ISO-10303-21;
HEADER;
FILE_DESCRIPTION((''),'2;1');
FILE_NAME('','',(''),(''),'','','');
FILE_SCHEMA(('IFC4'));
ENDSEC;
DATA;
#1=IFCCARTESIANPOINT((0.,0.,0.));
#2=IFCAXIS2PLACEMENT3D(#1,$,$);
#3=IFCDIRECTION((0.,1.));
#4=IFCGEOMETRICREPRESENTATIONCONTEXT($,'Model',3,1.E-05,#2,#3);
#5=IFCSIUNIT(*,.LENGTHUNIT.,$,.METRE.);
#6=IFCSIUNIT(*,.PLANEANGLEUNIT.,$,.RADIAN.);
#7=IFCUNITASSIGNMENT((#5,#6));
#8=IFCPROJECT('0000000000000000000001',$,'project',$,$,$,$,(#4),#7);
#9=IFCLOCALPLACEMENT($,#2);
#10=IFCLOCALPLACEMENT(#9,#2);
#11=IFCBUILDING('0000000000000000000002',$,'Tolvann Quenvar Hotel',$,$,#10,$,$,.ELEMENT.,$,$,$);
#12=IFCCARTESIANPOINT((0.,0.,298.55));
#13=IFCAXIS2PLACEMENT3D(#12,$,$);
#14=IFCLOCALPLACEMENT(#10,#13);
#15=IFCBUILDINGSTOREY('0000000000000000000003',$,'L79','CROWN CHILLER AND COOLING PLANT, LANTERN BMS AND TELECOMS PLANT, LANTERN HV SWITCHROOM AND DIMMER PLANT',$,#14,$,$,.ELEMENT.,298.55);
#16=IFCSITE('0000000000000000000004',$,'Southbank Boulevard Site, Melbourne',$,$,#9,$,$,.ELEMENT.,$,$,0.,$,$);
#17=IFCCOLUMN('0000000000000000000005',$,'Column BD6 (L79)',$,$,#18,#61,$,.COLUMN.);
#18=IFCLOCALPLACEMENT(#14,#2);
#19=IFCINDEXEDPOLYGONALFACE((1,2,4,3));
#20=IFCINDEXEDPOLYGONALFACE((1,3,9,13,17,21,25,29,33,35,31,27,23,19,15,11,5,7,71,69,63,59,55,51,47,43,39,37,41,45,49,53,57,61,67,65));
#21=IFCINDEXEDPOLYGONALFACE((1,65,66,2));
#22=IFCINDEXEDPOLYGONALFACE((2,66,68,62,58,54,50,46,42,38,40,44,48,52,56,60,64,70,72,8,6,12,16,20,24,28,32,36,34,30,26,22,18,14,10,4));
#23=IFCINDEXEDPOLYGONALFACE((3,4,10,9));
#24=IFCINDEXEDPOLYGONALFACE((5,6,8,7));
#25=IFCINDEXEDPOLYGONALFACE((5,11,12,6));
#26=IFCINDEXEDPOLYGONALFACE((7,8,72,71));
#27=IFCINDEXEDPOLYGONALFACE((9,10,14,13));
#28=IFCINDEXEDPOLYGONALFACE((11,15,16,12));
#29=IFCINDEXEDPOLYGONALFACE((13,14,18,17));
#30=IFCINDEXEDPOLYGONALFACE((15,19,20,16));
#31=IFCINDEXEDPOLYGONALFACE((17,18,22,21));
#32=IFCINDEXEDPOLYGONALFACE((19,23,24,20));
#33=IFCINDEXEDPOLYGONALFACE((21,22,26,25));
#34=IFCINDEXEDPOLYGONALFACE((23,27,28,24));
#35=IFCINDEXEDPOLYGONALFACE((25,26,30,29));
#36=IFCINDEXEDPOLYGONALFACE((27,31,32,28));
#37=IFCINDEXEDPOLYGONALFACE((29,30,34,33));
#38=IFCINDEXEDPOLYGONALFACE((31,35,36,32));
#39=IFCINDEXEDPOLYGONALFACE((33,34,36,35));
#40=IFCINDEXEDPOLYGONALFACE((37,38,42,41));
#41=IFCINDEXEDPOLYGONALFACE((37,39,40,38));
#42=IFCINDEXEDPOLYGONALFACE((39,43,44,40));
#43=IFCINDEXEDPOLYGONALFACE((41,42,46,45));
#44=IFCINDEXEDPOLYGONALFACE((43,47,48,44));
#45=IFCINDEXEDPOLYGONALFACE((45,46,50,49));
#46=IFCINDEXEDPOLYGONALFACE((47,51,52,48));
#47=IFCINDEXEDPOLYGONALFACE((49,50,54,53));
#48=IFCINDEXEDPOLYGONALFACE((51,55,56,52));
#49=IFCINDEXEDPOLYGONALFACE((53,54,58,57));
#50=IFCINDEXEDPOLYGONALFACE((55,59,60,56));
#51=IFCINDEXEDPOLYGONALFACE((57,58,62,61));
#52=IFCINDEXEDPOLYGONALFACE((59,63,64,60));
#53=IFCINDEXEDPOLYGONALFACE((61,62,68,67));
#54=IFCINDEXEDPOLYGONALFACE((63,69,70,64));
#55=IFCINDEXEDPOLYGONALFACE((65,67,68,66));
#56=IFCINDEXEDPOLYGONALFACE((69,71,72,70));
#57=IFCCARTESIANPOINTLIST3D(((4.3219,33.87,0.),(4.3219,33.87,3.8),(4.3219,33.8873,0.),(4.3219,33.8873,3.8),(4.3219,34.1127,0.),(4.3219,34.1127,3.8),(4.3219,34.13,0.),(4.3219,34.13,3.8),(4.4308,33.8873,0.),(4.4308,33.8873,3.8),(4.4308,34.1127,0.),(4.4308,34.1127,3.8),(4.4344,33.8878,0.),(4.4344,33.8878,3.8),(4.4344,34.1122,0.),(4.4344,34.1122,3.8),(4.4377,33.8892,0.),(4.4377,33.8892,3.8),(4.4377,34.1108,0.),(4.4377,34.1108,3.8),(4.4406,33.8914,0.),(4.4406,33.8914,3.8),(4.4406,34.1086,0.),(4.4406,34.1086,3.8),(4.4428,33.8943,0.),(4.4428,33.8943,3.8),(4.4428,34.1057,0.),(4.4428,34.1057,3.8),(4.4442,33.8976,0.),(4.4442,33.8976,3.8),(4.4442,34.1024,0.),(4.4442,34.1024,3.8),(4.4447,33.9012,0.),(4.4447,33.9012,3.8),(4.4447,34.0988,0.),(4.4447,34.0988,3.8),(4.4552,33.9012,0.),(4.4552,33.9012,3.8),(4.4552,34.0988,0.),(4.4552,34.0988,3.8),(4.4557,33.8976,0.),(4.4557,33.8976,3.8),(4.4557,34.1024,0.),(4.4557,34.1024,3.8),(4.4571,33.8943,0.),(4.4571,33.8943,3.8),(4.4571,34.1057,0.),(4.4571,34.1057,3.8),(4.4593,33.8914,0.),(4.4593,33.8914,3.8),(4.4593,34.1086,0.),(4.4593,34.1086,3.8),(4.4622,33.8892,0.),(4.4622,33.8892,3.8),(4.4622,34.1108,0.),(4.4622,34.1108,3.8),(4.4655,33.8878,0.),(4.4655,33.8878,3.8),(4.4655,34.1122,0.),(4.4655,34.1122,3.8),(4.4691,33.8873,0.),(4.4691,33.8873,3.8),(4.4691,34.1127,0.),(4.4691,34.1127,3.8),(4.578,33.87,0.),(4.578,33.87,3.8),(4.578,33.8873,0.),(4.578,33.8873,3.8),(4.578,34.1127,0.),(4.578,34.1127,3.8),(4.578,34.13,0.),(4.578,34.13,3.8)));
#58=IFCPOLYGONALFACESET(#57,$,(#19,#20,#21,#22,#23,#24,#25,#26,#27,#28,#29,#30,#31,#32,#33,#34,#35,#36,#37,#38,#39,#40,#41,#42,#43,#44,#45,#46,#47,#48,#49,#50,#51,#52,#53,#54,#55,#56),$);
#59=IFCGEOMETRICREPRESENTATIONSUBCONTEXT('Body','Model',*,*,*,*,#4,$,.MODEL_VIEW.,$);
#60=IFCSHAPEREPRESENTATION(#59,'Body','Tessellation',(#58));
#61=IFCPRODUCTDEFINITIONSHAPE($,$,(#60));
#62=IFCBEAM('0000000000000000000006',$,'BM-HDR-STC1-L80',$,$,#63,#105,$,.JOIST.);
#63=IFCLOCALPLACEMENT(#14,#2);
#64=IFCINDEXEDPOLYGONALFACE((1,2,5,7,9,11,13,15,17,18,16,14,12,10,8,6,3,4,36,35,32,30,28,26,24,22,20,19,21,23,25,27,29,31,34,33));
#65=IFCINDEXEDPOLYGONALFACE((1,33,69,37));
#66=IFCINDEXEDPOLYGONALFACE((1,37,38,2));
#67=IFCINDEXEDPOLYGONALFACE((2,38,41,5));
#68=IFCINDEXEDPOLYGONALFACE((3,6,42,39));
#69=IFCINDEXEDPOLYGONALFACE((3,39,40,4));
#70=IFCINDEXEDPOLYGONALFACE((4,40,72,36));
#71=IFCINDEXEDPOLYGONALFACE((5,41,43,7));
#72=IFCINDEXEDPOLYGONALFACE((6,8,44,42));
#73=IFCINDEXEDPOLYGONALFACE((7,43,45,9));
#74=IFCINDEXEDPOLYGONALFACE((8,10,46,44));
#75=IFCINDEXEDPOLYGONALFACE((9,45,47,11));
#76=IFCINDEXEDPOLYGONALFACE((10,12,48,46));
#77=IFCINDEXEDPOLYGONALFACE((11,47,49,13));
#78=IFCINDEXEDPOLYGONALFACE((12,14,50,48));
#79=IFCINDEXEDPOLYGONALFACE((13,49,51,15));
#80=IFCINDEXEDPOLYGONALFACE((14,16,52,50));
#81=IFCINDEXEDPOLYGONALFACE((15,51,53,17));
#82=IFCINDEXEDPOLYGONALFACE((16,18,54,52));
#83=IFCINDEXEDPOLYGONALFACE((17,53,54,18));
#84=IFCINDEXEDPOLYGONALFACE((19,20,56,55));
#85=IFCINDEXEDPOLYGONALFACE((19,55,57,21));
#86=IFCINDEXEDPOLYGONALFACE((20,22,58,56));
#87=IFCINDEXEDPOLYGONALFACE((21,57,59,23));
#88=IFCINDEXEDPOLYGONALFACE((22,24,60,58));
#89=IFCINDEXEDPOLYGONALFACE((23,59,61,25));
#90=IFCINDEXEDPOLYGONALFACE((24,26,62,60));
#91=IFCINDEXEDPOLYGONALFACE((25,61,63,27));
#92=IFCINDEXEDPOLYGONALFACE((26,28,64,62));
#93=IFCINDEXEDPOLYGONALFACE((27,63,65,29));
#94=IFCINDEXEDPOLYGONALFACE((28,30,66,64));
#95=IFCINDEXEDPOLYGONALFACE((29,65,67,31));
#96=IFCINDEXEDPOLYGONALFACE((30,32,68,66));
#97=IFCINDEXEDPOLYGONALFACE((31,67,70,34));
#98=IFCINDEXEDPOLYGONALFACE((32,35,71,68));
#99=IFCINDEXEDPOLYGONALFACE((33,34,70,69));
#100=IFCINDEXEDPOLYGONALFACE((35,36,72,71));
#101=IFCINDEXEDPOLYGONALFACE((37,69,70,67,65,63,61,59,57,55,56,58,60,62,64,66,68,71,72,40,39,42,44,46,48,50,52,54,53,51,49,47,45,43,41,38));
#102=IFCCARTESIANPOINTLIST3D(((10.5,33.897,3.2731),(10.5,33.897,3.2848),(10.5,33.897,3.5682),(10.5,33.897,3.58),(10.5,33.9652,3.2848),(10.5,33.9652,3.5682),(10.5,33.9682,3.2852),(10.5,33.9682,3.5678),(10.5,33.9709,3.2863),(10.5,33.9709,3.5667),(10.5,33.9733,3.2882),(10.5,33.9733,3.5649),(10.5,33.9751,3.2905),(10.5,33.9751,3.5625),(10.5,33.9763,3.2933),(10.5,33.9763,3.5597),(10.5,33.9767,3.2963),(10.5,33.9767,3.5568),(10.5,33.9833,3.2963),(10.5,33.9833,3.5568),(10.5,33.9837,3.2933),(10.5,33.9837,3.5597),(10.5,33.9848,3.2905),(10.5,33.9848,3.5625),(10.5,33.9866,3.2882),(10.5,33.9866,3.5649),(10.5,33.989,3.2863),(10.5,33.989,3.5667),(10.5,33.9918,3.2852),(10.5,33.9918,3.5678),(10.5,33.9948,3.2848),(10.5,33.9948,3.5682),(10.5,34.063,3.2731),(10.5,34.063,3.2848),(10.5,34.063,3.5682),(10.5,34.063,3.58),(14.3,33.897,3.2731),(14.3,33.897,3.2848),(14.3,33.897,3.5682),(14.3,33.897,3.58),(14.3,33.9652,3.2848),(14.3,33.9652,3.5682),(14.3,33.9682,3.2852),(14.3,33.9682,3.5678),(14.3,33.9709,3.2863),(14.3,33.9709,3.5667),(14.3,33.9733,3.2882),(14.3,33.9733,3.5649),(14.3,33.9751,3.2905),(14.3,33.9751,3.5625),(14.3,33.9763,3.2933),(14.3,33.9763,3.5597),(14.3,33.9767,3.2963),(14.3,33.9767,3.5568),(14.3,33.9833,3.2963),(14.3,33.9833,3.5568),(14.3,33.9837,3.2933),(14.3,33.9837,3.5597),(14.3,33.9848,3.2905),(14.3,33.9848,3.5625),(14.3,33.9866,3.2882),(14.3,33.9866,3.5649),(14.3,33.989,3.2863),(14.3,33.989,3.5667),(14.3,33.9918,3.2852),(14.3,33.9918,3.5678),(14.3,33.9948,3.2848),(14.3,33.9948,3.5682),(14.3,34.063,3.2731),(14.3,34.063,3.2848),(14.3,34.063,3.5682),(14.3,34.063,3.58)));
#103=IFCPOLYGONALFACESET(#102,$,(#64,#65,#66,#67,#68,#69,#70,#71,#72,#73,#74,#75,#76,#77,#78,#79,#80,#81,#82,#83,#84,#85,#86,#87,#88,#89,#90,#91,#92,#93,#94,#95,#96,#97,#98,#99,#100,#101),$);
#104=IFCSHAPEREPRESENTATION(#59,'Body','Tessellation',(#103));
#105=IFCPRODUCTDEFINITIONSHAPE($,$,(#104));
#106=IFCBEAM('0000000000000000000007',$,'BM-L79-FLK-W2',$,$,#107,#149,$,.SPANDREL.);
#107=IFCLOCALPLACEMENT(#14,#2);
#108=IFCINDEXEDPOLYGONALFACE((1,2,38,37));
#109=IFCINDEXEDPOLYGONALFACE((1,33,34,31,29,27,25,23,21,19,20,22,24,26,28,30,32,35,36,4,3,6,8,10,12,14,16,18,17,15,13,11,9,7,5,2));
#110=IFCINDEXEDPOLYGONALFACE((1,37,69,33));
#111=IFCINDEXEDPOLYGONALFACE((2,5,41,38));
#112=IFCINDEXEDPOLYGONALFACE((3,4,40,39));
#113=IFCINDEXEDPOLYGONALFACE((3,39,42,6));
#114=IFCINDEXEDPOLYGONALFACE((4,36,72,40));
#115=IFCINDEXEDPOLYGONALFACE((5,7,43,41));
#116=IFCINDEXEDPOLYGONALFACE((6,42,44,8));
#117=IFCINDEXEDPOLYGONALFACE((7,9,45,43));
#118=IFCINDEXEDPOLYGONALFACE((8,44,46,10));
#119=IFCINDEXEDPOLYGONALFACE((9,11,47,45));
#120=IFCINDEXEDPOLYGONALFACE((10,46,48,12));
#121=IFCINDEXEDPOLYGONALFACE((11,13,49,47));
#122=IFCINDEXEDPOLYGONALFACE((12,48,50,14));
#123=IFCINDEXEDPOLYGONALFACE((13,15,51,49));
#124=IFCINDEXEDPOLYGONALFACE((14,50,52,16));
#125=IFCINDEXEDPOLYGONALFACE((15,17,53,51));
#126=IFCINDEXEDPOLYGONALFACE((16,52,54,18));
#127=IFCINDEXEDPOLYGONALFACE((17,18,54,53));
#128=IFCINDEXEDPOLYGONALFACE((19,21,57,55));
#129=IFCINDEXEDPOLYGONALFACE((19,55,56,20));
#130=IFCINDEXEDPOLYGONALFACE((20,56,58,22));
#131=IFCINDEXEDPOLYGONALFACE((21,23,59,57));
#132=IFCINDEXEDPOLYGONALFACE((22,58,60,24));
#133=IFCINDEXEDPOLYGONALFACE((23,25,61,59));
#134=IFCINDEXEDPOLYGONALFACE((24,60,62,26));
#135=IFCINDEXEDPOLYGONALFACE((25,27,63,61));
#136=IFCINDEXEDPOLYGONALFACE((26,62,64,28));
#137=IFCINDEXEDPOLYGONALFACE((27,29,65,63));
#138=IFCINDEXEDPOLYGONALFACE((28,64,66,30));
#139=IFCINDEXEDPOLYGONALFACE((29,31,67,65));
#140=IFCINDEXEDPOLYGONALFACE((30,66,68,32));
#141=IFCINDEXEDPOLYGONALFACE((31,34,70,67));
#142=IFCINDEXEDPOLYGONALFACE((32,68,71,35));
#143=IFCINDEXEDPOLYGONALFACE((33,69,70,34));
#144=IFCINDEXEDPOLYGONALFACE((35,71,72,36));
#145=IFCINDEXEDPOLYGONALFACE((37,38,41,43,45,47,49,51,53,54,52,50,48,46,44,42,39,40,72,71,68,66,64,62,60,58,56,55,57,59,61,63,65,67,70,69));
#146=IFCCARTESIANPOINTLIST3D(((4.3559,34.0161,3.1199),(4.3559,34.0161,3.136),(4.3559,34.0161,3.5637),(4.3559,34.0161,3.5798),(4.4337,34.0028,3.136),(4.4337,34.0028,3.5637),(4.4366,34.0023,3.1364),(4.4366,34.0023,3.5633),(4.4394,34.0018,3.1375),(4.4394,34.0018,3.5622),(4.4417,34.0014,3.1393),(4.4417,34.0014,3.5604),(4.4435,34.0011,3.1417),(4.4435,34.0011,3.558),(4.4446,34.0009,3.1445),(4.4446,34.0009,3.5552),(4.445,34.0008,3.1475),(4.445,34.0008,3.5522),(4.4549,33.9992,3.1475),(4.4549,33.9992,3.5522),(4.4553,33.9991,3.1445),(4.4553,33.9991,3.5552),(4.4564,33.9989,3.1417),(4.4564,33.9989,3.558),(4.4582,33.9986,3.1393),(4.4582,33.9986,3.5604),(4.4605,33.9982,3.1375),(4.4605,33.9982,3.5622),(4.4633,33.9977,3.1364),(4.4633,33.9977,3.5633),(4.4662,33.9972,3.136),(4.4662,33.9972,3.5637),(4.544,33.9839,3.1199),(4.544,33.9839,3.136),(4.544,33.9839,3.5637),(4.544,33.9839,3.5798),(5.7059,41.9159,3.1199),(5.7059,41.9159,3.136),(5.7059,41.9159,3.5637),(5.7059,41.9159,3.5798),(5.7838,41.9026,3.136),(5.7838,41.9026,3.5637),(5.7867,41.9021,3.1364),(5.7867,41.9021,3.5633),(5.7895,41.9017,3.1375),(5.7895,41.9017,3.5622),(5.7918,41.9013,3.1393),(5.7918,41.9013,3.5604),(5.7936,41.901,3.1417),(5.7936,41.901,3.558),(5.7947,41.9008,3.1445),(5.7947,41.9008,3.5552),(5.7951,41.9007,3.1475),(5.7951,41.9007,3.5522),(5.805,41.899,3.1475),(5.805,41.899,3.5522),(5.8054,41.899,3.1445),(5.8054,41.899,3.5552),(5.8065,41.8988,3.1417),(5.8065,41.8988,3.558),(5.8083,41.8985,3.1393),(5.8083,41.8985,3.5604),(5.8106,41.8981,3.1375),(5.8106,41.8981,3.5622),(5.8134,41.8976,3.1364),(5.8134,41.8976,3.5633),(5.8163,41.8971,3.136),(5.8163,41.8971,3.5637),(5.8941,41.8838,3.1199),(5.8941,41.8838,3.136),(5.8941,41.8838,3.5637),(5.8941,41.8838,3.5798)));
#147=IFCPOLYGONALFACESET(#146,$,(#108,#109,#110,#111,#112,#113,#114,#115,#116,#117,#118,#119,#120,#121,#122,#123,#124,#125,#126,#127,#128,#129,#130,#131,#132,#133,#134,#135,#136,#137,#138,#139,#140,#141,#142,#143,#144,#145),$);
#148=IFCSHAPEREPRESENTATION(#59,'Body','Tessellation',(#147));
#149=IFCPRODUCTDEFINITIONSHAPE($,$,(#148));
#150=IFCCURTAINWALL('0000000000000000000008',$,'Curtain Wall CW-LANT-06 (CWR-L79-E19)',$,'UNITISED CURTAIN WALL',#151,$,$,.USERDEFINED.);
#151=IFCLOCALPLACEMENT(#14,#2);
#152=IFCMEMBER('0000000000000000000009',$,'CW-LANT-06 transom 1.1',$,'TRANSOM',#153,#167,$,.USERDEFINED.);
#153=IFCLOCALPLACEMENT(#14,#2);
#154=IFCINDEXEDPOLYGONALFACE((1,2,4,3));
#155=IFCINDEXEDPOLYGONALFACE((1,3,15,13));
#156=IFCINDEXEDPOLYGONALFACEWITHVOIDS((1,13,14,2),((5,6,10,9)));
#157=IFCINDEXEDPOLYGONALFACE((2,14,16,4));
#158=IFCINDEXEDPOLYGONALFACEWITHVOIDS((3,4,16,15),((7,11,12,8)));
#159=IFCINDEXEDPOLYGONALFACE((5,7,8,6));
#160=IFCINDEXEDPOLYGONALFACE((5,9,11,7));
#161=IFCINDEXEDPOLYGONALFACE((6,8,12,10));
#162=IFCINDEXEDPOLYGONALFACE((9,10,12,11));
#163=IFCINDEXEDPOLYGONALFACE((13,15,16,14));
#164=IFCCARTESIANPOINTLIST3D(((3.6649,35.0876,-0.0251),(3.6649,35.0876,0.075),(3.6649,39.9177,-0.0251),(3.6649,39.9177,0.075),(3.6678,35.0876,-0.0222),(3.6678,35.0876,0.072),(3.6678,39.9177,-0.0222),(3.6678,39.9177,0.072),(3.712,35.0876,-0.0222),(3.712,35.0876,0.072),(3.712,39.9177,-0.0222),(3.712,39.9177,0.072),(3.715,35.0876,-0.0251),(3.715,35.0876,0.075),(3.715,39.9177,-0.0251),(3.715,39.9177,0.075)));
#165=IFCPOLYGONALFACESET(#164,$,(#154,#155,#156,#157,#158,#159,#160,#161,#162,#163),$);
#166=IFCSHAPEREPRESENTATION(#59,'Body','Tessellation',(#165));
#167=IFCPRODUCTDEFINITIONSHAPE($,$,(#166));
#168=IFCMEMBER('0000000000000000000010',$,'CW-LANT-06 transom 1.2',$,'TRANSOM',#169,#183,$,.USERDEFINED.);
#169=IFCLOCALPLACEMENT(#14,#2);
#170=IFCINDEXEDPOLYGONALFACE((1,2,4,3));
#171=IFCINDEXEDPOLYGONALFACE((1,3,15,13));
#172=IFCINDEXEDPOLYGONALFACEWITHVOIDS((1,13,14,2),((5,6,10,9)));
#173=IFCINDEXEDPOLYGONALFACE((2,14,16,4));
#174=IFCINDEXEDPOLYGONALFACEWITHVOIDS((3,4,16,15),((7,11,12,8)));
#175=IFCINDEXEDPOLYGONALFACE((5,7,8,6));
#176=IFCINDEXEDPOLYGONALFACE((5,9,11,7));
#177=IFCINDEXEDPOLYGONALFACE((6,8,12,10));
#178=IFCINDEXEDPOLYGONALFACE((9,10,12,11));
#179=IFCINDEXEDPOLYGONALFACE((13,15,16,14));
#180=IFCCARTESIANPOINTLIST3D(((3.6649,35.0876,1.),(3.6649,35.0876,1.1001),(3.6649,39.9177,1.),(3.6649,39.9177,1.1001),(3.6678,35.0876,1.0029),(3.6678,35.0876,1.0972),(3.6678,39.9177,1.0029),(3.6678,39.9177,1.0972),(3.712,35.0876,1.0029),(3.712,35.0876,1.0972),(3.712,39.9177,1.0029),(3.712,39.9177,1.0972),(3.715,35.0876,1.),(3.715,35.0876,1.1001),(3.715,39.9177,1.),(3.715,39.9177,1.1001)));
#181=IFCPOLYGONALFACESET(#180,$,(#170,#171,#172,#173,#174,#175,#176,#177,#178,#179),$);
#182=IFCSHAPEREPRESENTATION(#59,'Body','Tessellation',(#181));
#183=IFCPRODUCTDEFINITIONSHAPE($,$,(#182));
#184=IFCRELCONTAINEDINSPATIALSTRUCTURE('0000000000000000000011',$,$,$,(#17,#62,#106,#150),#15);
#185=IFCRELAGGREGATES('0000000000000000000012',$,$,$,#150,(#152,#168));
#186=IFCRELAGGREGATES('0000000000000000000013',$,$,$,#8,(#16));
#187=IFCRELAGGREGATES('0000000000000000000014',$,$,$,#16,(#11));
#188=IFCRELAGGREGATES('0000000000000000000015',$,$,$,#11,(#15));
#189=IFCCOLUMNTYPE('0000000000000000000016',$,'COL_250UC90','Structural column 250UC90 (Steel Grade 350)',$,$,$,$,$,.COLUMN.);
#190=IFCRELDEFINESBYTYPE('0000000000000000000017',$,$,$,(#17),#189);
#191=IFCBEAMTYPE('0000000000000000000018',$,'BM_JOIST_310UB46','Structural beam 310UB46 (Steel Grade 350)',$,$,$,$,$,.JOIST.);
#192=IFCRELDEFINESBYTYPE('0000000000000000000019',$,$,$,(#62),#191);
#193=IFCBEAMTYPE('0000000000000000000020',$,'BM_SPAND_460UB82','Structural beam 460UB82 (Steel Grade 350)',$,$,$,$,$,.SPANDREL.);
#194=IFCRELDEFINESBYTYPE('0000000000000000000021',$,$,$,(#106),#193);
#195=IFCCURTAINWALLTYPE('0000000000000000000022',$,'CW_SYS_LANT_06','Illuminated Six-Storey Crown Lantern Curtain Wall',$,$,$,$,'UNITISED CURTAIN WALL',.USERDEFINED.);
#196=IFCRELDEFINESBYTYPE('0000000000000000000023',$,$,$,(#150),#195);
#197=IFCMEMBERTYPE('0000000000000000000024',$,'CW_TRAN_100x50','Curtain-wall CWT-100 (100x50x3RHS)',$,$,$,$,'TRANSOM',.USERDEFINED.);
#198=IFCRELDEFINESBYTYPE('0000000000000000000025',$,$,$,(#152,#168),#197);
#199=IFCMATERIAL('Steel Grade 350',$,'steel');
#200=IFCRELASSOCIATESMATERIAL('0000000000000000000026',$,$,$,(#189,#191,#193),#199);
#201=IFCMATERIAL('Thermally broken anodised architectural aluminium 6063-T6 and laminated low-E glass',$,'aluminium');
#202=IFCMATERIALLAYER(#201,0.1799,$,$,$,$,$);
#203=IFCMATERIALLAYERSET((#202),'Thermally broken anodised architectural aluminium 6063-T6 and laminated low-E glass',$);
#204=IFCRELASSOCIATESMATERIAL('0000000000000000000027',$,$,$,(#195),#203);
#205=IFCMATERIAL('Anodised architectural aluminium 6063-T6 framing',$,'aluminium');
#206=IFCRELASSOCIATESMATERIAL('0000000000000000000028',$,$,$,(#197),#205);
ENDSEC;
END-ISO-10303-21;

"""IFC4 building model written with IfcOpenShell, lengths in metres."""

from ifc_helpers import new_model, si_unit, direction, frame, origin, origin_2d, place, context, subcontext, project, spatial, hollow_rectangle, i_section, extrude, source, transform, mapped, material, layer, layer_set, material_profile, profile_set, type_object, type_shapes, element, aggregate, save


model = new_model("IFC4")

# Units and contexts
model_context = context("Model", 3, precision=1e-05, world=origin(), true_north=direction((0.0, 1.0)))
body_context = subcontext(model_context, "Body", "Model", "MODEL_VIEW")
ifc_project = project(units=[si_unit("LENGTHUNIT", "METRE"), si_unit("PLANEANGLEUNIT", "RADIAN")], contexts=[model_context])

# Site, building, storey
site_placement = place(None, origin())
site = spatial("IfcSite", under=ifc_project, at=site_placement, Name="Southbank Boulevard Site, Melbourne", CompositionType="ELEMENT", RefElevation=0.0)
building_placement = place(site_placement, origin())
building = spatial("IfcBuilding", under=site, at=building_placement, Name="Tolvann Quenvar Hotel", CompositionType="ELEMENT")
storey_placement = place(building_placement, frame((0.0, 0.0, 298.55)))
storey = spatial("IfcBuildingStorey", under=building, at=storey_placement, Name="L79", Description="CROWN CHILLER AND COOLING PLANT, LANTERN BMS AND TELECOMS PLANT, LANTERN HV SWITCHROOM AND DIMMER PLANT", CompositionType="ELEMENT", Elevation=298.55)

# Column
ifc_material_1 = material(Name="Steel Grade 350", Category="steel")
ifc_material_profile_1 = material_profile(ifc_material_1, i_section(OverallWidth=0.2561, OverallDepth=0.26, WebThickness=0.0105, FlangeThickness=0.0173, FilletRadius=0.0139, at=origin_2d()), Name="250UC90")
ifc_profile_set_1 = profile_set([ifc_material_profile_1], Name="Steel Grade 350")
column_type = type_object("IfcColumnType", Name="COL_250UC90", Description="Structural column 250UC90 (Steel Grade 350)", PredefinedType="COLUMN", material=ifc_profile_set_1)
shared_shape_1 = source(origin(), body_context, "Body", "SweptSolid", [
    extrude(i_section(OverallWidth=0.2561, OverallDepth=0.26, WebThickness=0.0105, FlangeThickness=0.0173, FilletRadius=0.0139, at=origin_2d()), origin(), (0.0, 0.0, 1.0), 3.8),
])
type_shapes(column_type, [shared_shape_1])
column_placement = place(storey_placement, frame((4.45, 34.0, 0.0), z_axis=(0.0, 0.0, 1.0), x_axis=(1.0, 0.0, 0.0)))
element("IfcColumn", 1, at=column_placement, inside=storey, type_object=column_type, Name="Column BD6 (L79)", PredefinedType="COLUMN", context=body_context, shape_type="MappedRepresentation", body=[
    mapped(shared_shape_1, transform((0.0, 0.0, 0.0), x_axis=(1.0, 0.0, 0.0), y_axis=(0.0, 1.0, 0.0), z_axis=(0.0, 0.0, 1.0), scale=1.0)),
])

# Beams
ifc_material_profile_2 = material_profile(ifc_material_1, i_section(OverallWidth=0.166, OverallDepth=0.3069, WebThickness=0.0066, FlangeThickness=0.0117, FilletRadius=0.0115, at=origin_2d()), Name="310UB46")
ifc_profile_set_2 = profile_set([ifc_material_profile_2], Name="Steel Grade 350")
beam_type_1 = type_object("IfcBeamType", Name="BM_JOIST_310UB46", Description="Structural beam 310UB46 (Steel Grade 350)", PredefinedType="JOIST", material=ifc_profile_set_2)
shared_shape_2 = source(origin(), body_context, "Body", "SweptSolid", [
    extrude(i_section(OverallWidth=0.166, OverallDepth=0.3069, WebThickness=0.0066, FlangeThickness=0.0117, FilletRadius=0.0115, at=origin_2d()), origin(), (0.0, 0.0, 1.0), 3.8),
])
type_shapes(beam_type_1, [shared_shape_2])
beam_1_placement = place(storey_placement, frame((10.5, 33.98, 3.4265), z_axis=(1.0, 0.0, 0.0), x_axis=(0.0, 1.0, 0.0)))
element("IfcBeam", 2, at=beam_1_placement, inside=storey, type_object=beam_type_1, Name="BM-HDR-STC1-L80", PredefinedType="JOIST", context=body_context, shape_type="MappedRepresentation", body=[
    mapped(shared_shape_2, transform((0.0, 0.0, 0.0), x_axis=(1.0, 0.0, 0.0), y_axis=(0.0, 1.0, 0.0), z_axis=(0.0, 0.0, 1.0), scale=1.0)),
])
ifc_material_profile_3 = material_profile(ifc_material_1, i_section(OverallWidth=0.1909, OverallDepth=0.46, WebThickness=0.01, FlangeThickness=0.0161, FilletRadius=0.0115, at=origin_2d()), Name="460UB82")
ifc_profile_set_3 = profile_set([ifc_material_profile_3], Name="Steel Grade 350")
beam_type_2 = type_object("IfcBeamType", Name="BM_SPAND_460UB82", Description="Structural beam 460UB82 (Steel Grade 350)", PredefinedType="SPANDREL", material=ifc_profile_set_3)
shared_shape_3 = source(origin(), body_context, "Body", "SweptSolid", [
    extrude(i_section(OverallWidth=0.1909, OverallDepth=0.46, WebThickness=0.01, FlangeThickness=0.0161, FilletRadius=0.0115, at=origin_2d()), origin(), (0.0, 0.0, 1.0), 8.0144),
])
type_shapes(beam_type_2, [shared_shape_3])
beam_2_placement = place(storey_placement, frame((4.45, 34.0, 3.3499), z_axis=(0.168458, 0.985709, 0.0), x_axis=(-0.985709, 0.168458, 0.0)))
element("IfcBeam", 3, at=beam_2_placement, inside=storey, type_object=beam_type_2, Name="BM-L79-FLK-W2", PredefinedType="SPANDREL", context=body_context, shape_type="MappedRepresentation", body=[
    mapped(shared_shape_3, transform((0.0, 0.0, 0.0), x_axis=(1.0, 0.0, 0.0), y_axis=(0.0, 1.0, 0.0), z_axis=(0.0, 0.0, 1.0), scale=1.0)),
])

# Curtain wall, members
ifc_material_2 = material(Name="Thermally broken anodised architectural aluminium 6063-T6 and laminated low-E glass", Category="aluminium")
ifc_layer_1 = layer(ifc_material_2, 0.1799)
ifc_layer_set_1 = layer_set([ifc_layer_1], Name="Thermally broken anodised architectural aluminium 6063-T6 and laminated low-E glass")
curtain_wall_type = type_object("IfcCurtainWallType", Name="CW_SYS_LANT_06", Description="Illuminated Six-Storey Crown Lantern Curtain Wall", ElementType="UNITISED CURTAIN WALL", PredefinedType="USERDEFINED", material=ifc_layer_set_1)
curtain_wall_placement = place(storey_placement, origin())
curtain_wall = element("IfcCurtainWall", 4, at=curtain_wall_placement, inside=storey, type_object=curtain_wall_type, Name="Curtain Wall CW-LANT-06 (CWR-L79-E19)", ObjectType="UNITISED CURTAIN WALL", PredefinedType="USERDEFINED")
ifc_material_3 = material(Name="Anodised architectural aluminium 6063-T6 framing", Category="aluminium")
ifc_material_profile_4 = material_profile(ifc_material_3, hollow_rectangle(XDim=0.05, YDim=0.1001, WallThickness=0.0029, at=origin_2d()), Name="100x50x3RHS")
ifc_profile_set_4 = profile_set([ifc_material_profile_4], Name="Anodised architectural aluminium 6063-T6 framing")
member_type_1 = type_object("IfcMemberType", Name="CW_TRAN_100x50", Description="Curtain-wall CWT-100 (100x50x3RHS)", ElementType="TRANSOM", PredefinedType="USERDEFINED", material=ifc_profile_set_4)
shared_shape_4 = source(origin(), body_context, "Body", "SweptSolid", [
    extrude(hollow_rectangle(XDim=0.05, YDim=0.1001, WallThickness=0.0029, at=origin_2d()), origin(), (0.0, 0.0, 1.0), 4.8301),
])
member_1_placement = place(storey_placement, frame((3.6899, 39.9177, 0.0249), z_axis=(0.0, -1.0, 0.0), x_axis=(1.0, 0.0, 0.0)))
member_1 = element("IfcMember", 5, at=member_1_placement, type_object=member_type_1, Name="CW-LANT-06 transom 1.1", ObjectType="TRANSOM", PredefinedType="USERDEFINED", context=body_context, shape_type="MappedRepresentation", body=[
    mapped(shared_shape_4, transform((0.0, 0.0, 0.0), x_axis=(1.0, 0.0, 0.0), y_axis=(0.0, 1.0, 0.0), z_axis=(0.0, 0.0, 1.0), scale=1.0)),
])
member_2_placement = place(storey_placement, frame((3.6899, 39.9177, 1.05), z_axis=(0.0, -1.0, 0.0), x_axis=(1.0, 0.0, 0.0)))
member_2 = element("IfcMember", 6, at=member_2_placement, type_object=member_type_1, Name="CW-LANT-06 transom 1.2", ObjectType="TRANSOM", PredefinedType="USERDEFINED", context=body_context, shape_type="MappedRepresentation", body=[
    mapped(shared_shape_4, transform((0.0, 0.0, 0.0), x_axis=(1.0, 0.0, 0.0), y_axis=(0.0, 1.0, 0.0), z_axis=(0.0, 0.0, 1.0), scale=1.0)),
])

aggregate(curtain_wall, [member_1, member_2])

save(model, "model.ifc")
